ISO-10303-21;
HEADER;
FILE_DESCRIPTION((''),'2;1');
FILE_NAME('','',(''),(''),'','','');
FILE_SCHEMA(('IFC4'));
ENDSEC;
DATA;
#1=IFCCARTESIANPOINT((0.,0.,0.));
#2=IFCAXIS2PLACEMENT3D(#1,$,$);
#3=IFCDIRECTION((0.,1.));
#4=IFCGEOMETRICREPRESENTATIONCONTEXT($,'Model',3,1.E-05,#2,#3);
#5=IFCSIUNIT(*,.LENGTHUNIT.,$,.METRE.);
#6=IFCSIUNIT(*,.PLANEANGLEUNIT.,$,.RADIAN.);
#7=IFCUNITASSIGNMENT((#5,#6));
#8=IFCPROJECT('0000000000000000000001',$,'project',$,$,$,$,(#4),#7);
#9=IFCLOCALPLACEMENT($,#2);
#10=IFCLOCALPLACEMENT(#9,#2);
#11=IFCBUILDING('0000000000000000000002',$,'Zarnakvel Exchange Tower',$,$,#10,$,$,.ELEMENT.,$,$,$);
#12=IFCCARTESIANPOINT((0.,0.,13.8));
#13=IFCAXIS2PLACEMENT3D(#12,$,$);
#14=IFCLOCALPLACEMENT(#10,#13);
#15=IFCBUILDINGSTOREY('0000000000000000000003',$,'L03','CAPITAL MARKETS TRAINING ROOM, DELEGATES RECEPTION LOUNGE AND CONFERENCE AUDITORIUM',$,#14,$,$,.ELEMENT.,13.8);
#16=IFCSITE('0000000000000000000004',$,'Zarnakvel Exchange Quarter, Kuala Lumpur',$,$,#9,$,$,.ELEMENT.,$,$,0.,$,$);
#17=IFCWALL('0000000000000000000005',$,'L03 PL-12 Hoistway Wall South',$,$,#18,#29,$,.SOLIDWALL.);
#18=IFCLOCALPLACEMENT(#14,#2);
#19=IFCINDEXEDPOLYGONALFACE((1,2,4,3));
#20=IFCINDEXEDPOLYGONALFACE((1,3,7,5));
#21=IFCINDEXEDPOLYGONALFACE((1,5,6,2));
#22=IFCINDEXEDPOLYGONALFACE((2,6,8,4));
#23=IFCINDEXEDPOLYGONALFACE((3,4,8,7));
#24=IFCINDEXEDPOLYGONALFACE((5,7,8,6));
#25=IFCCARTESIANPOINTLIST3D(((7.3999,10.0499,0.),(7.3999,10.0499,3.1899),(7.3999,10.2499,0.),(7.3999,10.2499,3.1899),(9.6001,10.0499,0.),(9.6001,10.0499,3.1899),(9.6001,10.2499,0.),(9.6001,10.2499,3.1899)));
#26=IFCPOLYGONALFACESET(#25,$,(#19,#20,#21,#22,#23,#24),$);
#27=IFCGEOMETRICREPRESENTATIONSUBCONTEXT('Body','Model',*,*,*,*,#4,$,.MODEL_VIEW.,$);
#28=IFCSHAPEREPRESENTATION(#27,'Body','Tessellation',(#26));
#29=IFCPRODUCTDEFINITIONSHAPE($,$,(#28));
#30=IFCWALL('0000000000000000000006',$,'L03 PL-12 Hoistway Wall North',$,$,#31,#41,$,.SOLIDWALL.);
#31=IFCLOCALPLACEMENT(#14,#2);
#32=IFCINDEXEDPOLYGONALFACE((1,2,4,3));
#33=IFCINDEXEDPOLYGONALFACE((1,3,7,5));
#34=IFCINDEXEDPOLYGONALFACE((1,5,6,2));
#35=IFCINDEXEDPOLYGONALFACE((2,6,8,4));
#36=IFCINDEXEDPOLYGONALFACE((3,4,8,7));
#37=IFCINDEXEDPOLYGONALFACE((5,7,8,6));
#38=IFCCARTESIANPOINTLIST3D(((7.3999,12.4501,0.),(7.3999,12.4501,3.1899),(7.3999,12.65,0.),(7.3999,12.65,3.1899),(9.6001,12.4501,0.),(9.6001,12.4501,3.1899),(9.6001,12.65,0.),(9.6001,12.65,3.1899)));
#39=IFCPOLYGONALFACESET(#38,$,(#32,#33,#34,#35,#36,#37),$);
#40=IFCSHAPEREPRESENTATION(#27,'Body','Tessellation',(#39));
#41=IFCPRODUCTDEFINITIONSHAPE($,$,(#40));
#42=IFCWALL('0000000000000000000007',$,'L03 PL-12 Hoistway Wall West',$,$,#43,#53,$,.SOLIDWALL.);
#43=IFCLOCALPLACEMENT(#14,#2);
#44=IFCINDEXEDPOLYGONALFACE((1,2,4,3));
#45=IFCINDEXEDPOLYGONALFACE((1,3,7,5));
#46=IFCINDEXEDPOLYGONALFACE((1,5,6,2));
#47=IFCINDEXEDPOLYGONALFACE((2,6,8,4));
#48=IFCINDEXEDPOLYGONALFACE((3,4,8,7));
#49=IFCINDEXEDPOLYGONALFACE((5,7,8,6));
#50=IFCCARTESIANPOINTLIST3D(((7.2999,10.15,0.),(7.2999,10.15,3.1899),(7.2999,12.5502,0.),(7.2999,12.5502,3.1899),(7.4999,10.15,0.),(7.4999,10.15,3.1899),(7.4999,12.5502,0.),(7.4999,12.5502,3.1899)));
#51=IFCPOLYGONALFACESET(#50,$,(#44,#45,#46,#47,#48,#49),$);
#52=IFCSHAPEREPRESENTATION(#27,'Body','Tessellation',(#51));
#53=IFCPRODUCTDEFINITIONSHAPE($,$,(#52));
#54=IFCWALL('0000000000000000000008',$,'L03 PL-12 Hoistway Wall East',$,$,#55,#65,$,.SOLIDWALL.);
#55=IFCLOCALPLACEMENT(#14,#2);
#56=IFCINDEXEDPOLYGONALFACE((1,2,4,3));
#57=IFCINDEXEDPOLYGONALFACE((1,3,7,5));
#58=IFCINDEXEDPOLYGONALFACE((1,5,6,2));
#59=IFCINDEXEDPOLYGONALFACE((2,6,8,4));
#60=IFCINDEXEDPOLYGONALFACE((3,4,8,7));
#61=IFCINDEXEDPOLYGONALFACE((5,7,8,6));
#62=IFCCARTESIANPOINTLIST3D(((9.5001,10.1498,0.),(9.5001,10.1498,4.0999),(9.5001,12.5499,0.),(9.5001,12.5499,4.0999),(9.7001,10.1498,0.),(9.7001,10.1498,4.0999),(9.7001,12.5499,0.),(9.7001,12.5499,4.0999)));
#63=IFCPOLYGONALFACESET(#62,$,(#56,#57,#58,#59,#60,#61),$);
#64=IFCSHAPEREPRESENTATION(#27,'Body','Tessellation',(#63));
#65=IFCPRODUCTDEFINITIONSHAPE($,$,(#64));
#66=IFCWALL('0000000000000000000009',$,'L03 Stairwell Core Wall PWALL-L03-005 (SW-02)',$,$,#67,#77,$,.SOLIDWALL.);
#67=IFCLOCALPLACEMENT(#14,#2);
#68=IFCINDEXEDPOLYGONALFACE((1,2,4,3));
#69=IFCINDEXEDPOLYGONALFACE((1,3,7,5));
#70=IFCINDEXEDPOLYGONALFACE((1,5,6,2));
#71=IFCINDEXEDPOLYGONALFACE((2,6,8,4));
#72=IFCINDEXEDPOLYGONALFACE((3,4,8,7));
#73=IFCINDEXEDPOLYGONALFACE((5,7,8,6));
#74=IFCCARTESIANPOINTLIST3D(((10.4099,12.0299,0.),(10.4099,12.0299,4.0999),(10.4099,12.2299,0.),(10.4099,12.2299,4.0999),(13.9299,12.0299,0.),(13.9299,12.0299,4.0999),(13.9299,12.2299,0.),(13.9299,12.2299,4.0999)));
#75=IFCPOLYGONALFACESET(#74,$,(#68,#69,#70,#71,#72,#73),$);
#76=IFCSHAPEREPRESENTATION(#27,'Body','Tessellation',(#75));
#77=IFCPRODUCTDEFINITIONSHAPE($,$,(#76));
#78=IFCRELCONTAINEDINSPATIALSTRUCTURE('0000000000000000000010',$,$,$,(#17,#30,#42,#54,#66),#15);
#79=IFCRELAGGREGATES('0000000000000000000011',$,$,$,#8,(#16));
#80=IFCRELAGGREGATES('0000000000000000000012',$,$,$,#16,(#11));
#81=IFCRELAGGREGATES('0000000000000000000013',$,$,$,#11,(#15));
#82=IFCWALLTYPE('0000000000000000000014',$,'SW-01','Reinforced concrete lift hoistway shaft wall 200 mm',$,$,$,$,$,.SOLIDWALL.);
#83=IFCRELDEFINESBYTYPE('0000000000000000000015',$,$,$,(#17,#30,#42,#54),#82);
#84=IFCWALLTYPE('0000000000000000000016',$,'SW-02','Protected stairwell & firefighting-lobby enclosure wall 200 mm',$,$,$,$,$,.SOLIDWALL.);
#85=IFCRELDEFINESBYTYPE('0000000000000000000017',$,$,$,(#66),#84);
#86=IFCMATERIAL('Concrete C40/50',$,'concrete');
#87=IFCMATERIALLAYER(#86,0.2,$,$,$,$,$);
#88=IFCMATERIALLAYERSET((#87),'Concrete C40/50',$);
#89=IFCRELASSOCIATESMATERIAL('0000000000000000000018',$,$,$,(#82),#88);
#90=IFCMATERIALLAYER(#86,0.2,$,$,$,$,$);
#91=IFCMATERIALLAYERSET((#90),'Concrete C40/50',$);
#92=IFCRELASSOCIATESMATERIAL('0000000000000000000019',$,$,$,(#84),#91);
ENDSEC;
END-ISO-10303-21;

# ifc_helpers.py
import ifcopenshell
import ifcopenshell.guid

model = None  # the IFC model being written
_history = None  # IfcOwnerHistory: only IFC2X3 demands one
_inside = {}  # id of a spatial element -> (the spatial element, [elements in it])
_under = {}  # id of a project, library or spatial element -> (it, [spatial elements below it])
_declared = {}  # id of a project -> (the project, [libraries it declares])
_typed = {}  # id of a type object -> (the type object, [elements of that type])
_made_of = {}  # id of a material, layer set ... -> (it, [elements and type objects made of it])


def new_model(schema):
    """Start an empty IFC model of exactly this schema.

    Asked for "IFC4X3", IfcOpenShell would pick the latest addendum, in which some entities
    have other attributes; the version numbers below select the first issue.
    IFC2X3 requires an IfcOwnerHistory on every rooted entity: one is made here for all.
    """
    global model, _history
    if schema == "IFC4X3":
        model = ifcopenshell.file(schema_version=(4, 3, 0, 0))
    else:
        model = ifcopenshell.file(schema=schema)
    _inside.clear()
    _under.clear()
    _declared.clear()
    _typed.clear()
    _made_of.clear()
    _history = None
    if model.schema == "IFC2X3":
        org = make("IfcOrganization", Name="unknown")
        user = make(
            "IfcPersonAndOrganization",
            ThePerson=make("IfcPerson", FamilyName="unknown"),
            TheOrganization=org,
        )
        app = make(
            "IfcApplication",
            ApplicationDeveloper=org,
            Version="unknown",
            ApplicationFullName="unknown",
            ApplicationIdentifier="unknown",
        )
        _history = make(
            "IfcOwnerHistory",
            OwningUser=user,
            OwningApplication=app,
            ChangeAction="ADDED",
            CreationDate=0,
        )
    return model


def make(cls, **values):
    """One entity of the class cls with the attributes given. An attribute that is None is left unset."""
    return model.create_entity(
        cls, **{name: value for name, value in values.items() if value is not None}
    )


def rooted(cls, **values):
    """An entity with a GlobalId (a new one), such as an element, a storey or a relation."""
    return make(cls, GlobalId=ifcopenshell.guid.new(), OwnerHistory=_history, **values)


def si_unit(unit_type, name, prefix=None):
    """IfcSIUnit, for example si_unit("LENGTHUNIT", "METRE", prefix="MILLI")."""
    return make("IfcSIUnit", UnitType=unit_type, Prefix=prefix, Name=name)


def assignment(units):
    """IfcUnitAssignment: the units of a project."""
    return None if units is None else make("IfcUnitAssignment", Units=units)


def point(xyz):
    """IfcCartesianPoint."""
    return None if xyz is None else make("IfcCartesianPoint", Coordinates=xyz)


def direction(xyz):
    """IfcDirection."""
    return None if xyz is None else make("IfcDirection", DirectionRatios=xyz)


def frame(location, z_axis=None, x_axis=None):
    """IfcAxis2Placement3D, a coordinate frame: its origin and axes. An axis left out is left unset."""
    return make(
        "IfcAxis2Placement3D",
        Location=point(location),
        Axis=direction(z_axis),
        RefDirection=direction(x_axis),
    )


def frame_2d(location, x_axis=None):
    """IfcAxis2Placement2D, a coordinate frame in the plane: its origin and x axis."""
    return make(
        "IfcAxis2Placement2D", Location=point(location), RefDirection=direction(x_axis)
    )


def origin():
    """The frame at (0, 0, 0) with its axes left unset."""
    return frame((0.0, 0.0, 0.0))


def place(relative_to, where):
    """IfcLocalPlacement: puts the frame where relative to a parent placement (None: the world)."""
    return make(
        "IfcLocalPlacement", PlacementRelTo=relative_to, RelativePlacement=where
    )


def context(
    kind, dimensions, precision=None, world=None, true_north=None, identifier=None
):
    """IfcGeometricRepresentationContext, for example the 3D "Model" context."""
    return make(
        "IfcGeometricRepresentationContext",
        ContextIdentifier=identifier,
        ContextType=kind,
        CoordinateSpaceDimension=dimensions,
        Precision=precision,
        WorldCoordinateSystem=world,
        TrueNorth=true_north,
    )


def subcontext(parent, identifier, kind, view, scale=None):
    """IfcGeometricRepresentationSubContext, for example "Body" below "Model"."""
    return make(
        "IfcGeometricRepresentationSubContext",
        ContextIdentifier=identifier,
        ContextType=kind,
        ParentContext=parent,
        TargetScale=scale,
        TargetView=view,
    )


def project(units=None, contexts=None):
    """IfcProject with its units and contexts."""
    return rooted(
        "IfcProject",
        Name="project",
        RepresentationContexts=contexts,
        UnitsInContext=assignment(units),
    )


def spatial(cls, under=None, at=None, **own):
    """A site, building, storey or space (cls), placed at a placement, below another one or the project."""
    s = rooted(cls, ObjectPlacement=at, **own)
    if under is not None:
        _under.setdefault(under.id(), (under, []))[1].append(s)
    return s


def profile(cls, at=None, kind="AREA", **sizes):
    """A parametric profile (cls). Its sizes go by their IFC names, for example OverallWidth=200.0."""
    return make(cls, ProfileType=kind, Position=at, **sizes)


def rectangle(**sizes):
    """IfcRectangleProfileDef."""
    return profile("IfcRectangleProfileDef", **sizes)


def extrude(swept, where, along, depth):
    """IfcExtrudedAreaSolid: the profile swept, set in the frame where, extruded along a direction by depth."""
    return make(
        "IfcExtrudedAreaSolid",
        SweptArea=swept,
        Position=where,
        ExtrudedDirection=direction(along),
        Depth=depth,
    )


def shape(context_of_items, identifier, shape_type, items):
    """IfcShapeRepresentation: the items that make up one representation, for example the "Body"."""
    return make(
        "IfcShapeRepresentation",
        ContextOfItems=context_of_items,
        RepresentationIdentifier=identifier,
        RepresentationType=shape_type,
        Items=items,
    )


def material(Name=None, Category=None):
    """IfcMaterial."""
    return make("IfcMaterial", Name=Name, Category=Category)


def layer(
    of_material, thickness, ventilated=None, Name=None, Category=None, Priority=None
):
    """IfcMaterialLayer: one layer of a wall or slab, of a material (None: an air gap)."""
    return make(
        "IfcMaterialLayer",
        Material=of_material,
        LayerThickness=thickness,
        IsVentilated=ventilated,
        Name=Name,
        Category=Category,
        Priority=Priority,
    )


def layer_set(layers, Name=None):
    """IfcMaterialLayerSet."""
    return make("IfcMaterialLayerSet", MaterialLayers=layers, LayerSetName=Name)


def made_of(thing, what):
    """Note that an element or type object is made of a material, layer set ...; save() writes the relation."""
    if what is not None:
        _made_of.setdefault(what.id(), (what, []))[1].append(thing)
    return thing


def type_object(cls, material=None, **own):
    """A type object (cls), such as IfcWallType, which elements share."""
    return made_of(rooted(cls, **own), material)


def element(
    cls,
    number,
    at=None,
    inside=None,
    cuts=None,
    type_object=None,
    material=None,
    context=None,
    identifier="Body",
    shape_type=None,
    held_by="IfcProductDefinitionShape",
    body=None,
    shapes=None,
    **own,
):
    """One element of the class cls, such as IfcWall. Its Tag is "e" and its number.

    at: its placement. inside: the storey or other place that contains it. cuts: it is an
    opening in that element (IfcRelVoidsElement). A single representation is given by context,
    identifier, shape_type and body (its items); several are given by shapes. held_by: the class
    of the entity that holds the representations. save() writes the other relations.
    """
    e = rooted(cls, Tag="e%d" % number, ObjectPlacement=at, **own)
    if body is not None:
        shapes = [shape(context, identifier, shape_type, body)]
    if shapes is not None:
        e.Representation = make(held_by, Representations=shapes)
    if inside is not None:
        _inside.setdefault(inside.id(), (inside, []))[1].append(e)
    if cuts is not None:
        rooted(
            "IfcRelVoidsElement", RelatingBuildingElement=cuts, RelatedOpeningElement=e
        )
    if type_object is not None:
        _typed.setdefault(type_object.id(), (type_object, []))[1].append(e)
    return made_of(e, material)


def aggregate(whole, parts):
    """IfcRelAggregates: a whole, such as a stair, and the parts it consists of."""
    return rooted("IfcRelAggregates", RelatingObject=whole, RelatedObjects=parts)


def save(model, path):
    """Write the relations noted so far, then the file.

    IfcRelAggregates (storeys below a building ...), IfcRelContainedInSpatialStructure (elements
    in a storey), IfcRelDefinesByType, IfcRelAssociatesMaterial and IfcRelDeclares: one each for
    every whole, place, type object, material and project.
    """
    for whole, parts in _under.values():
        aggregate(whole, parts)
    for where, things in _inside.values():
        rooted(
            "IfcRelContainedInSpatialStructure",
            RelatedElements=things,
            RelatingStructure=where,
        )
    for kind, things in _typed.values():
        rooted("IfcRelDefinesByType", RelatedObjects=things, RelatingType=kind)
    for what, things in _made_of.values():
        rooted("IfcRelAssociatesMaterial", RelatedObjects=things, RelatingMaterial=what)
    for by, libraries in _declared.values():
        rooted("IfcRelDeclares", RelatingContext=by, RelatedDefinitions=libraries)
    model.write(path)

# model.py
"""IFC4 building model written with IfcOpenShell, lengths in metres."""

from ifc_helpers import new_model, si_unit, direction, frame, frame_2d, origin, place, context, subcontext, project, spatial, rectangle, extrude, material, layer, layer_set, type_object, element, save


model = new_model("IFC4")

# Units and contexts
model_context = context("Model", 3, precision=1e-05, world=origin(), true_north=direction((0.0, 1.0)))
body_context = subcontext(model_context, "Body", "Model", "MODEL_VIEW")
ifc_project = project(units=[si_unit("LENGTHUNIT", "METRE"), si_unit("PLANEANGLEUNIT", "RADIAN")], contexts=[model_context])

# Site, building, storey
site_placement = place(None, origin())
site = spatial("IfcSite", under=ifc_project, at=site_placement, Name="Zarnakvel Exchange Quarter, Kuala Lumpur", CompositionType="ELEMENT", RefElevation=0.0)
building_placement = place(site_placement, origin())
building = spatial("IfcBuilding", under=site, at=building_placement, Name="Zarnakvel Exchange Tower", CompositionType="ELEMENT")
storey_placement = place(building_placement, frame((0.0, 0.0, 13.8)))
storey = spatial("IfcBuildingStorey", under=building, at=storey_placement, Name="L03", Description="CAPITAL MARKETS TRAINING ROOM, DELEGATES RECEPTION LOUNGE AND CONFERENCE AUDITORIUM", CompositionType="ELEMENT", Elevation=13.8)

# Shared definitions
ifc_material_1 = material(Name="Concrete C40/50", Category="concrete")
ifc_layer_1 = layer(ifc_material_1, 0.2)
ifc_layer_set_1 = layer_set([ifc_layer_1], Name="Concrete C40/50")
wall_type_1 = type_object("IfcWallType", Name="SW-01", Description="Reinforced concrete lift hoistway shaft wall 200 mm", PredefinedType="SOLIDWALL", material=ifc_layer_set_1)

# Walls
for number, where, z_axis, x_axis, name in (
    (1, (9.6001, 10.1499, 0.0), (0.0, 0.0, 1.0), (-1.0, 0.0, 0.0), "L03 PL-12 Hoistway Wall South"),
    (2, (7.3999, 12.55, 0.0), (0.0, 0.0, 1.0), (1.0, 0.0, 0.0), "L03 PL-12 Hoistway Wall North"),
):
    element("IfcWall", number, at=place(storey_placement, frame(where, z_axis=z_axis, x_axis=x_axis)), inside=storey, type_object=wall_type_1, Name=name, PredefinedType="SOLIDWALL", context=body_context, shape_type="SweptSolid", body=[
        extrude(rectangle(XDim=2.2002, YDim=0.2, at=frame_2d((1.1001, 0.0))), origin(), (0.0, 0.0, 1.0), 3.1899),
    ])
wall_1_placement = place(storey_placement, frame((7.3999, 10.1499, 0.0), z_axis=(0.0, 0.0, 1.0), x_axis=(0.0, 1.0, 0.0)))
element("IfcWall", 3, at=wall_1_placement, inside=storey, type_object=wall_type_1, Name="L03 PL-12 Hoistway Wall West", PredefinedType="SOLIDWALL", context=body_context, shape_type="SweptSolid", body=[
    extrude(rectangle(XDim=2.4001, YDim=0.2, at=frame_2d((1.2002, 0.0))), origin(), (0.0, 0.0, 1.0), 3.1899),
])
wall_2_placement = place(storey_placement, frame((9.6001, 12.55, 0.0), z_axis=(0.0, 0.0, 1.0), x_axis=(0.0, -1.0, 0.0)))
element("IfcWall", 4, at=wall_2_placement, inside=storey, type_object=wall_type_1, Name="L03 PL-12 Hoistway Wall East", PredefinedType="SOLIDWALL", context=body_context, shape_type="SweptSolid", body=[
    extrude(rectangle(XDim=2.4001, YDim=0.2, at=frame_2d((1.2002, 0.0))), origin(), (0.0, 0.0, 1.0), 4.0999),
])
ifc_layer_2 = layer(ifc_material_1, 0.2)
ifc_layer_set_2 = layer_set([ifc_layer_2], Name="Concrete C40/50")
wall_type_2 = type_object("IfcWallType", Name="SW-02", Description="Protected stairwell & firefighting-lobby enclosure wall 200 mm", PredefinedType="SOLIDWALL", material=ifc_layer_set_2)
wall_3_placement = place(storey_placement, frame((10.4099, 12.1299, 0.0), z_axis=(0.0, 0.0, 1.0), x_axis=(1.0, 0.0, 0.0)))
element("IfcWall", 5, at=wall_3_placement, inside=storey, type_object=wall_type_2, Name="L03 Stairwell Core Wall PWALL-L03-005 (SW-02)", PredefinedType="SOLIDWALL", context=body_context, shape_type="SweptSolid", body=[
    extrude(rectangle(XDim=3.52, YDim=0.2, at=frame_2d((1.76, 0.0))), origin(), (0.0, 0.0, 1.0), 4.0999),
])

save(model, "model.ifc")
